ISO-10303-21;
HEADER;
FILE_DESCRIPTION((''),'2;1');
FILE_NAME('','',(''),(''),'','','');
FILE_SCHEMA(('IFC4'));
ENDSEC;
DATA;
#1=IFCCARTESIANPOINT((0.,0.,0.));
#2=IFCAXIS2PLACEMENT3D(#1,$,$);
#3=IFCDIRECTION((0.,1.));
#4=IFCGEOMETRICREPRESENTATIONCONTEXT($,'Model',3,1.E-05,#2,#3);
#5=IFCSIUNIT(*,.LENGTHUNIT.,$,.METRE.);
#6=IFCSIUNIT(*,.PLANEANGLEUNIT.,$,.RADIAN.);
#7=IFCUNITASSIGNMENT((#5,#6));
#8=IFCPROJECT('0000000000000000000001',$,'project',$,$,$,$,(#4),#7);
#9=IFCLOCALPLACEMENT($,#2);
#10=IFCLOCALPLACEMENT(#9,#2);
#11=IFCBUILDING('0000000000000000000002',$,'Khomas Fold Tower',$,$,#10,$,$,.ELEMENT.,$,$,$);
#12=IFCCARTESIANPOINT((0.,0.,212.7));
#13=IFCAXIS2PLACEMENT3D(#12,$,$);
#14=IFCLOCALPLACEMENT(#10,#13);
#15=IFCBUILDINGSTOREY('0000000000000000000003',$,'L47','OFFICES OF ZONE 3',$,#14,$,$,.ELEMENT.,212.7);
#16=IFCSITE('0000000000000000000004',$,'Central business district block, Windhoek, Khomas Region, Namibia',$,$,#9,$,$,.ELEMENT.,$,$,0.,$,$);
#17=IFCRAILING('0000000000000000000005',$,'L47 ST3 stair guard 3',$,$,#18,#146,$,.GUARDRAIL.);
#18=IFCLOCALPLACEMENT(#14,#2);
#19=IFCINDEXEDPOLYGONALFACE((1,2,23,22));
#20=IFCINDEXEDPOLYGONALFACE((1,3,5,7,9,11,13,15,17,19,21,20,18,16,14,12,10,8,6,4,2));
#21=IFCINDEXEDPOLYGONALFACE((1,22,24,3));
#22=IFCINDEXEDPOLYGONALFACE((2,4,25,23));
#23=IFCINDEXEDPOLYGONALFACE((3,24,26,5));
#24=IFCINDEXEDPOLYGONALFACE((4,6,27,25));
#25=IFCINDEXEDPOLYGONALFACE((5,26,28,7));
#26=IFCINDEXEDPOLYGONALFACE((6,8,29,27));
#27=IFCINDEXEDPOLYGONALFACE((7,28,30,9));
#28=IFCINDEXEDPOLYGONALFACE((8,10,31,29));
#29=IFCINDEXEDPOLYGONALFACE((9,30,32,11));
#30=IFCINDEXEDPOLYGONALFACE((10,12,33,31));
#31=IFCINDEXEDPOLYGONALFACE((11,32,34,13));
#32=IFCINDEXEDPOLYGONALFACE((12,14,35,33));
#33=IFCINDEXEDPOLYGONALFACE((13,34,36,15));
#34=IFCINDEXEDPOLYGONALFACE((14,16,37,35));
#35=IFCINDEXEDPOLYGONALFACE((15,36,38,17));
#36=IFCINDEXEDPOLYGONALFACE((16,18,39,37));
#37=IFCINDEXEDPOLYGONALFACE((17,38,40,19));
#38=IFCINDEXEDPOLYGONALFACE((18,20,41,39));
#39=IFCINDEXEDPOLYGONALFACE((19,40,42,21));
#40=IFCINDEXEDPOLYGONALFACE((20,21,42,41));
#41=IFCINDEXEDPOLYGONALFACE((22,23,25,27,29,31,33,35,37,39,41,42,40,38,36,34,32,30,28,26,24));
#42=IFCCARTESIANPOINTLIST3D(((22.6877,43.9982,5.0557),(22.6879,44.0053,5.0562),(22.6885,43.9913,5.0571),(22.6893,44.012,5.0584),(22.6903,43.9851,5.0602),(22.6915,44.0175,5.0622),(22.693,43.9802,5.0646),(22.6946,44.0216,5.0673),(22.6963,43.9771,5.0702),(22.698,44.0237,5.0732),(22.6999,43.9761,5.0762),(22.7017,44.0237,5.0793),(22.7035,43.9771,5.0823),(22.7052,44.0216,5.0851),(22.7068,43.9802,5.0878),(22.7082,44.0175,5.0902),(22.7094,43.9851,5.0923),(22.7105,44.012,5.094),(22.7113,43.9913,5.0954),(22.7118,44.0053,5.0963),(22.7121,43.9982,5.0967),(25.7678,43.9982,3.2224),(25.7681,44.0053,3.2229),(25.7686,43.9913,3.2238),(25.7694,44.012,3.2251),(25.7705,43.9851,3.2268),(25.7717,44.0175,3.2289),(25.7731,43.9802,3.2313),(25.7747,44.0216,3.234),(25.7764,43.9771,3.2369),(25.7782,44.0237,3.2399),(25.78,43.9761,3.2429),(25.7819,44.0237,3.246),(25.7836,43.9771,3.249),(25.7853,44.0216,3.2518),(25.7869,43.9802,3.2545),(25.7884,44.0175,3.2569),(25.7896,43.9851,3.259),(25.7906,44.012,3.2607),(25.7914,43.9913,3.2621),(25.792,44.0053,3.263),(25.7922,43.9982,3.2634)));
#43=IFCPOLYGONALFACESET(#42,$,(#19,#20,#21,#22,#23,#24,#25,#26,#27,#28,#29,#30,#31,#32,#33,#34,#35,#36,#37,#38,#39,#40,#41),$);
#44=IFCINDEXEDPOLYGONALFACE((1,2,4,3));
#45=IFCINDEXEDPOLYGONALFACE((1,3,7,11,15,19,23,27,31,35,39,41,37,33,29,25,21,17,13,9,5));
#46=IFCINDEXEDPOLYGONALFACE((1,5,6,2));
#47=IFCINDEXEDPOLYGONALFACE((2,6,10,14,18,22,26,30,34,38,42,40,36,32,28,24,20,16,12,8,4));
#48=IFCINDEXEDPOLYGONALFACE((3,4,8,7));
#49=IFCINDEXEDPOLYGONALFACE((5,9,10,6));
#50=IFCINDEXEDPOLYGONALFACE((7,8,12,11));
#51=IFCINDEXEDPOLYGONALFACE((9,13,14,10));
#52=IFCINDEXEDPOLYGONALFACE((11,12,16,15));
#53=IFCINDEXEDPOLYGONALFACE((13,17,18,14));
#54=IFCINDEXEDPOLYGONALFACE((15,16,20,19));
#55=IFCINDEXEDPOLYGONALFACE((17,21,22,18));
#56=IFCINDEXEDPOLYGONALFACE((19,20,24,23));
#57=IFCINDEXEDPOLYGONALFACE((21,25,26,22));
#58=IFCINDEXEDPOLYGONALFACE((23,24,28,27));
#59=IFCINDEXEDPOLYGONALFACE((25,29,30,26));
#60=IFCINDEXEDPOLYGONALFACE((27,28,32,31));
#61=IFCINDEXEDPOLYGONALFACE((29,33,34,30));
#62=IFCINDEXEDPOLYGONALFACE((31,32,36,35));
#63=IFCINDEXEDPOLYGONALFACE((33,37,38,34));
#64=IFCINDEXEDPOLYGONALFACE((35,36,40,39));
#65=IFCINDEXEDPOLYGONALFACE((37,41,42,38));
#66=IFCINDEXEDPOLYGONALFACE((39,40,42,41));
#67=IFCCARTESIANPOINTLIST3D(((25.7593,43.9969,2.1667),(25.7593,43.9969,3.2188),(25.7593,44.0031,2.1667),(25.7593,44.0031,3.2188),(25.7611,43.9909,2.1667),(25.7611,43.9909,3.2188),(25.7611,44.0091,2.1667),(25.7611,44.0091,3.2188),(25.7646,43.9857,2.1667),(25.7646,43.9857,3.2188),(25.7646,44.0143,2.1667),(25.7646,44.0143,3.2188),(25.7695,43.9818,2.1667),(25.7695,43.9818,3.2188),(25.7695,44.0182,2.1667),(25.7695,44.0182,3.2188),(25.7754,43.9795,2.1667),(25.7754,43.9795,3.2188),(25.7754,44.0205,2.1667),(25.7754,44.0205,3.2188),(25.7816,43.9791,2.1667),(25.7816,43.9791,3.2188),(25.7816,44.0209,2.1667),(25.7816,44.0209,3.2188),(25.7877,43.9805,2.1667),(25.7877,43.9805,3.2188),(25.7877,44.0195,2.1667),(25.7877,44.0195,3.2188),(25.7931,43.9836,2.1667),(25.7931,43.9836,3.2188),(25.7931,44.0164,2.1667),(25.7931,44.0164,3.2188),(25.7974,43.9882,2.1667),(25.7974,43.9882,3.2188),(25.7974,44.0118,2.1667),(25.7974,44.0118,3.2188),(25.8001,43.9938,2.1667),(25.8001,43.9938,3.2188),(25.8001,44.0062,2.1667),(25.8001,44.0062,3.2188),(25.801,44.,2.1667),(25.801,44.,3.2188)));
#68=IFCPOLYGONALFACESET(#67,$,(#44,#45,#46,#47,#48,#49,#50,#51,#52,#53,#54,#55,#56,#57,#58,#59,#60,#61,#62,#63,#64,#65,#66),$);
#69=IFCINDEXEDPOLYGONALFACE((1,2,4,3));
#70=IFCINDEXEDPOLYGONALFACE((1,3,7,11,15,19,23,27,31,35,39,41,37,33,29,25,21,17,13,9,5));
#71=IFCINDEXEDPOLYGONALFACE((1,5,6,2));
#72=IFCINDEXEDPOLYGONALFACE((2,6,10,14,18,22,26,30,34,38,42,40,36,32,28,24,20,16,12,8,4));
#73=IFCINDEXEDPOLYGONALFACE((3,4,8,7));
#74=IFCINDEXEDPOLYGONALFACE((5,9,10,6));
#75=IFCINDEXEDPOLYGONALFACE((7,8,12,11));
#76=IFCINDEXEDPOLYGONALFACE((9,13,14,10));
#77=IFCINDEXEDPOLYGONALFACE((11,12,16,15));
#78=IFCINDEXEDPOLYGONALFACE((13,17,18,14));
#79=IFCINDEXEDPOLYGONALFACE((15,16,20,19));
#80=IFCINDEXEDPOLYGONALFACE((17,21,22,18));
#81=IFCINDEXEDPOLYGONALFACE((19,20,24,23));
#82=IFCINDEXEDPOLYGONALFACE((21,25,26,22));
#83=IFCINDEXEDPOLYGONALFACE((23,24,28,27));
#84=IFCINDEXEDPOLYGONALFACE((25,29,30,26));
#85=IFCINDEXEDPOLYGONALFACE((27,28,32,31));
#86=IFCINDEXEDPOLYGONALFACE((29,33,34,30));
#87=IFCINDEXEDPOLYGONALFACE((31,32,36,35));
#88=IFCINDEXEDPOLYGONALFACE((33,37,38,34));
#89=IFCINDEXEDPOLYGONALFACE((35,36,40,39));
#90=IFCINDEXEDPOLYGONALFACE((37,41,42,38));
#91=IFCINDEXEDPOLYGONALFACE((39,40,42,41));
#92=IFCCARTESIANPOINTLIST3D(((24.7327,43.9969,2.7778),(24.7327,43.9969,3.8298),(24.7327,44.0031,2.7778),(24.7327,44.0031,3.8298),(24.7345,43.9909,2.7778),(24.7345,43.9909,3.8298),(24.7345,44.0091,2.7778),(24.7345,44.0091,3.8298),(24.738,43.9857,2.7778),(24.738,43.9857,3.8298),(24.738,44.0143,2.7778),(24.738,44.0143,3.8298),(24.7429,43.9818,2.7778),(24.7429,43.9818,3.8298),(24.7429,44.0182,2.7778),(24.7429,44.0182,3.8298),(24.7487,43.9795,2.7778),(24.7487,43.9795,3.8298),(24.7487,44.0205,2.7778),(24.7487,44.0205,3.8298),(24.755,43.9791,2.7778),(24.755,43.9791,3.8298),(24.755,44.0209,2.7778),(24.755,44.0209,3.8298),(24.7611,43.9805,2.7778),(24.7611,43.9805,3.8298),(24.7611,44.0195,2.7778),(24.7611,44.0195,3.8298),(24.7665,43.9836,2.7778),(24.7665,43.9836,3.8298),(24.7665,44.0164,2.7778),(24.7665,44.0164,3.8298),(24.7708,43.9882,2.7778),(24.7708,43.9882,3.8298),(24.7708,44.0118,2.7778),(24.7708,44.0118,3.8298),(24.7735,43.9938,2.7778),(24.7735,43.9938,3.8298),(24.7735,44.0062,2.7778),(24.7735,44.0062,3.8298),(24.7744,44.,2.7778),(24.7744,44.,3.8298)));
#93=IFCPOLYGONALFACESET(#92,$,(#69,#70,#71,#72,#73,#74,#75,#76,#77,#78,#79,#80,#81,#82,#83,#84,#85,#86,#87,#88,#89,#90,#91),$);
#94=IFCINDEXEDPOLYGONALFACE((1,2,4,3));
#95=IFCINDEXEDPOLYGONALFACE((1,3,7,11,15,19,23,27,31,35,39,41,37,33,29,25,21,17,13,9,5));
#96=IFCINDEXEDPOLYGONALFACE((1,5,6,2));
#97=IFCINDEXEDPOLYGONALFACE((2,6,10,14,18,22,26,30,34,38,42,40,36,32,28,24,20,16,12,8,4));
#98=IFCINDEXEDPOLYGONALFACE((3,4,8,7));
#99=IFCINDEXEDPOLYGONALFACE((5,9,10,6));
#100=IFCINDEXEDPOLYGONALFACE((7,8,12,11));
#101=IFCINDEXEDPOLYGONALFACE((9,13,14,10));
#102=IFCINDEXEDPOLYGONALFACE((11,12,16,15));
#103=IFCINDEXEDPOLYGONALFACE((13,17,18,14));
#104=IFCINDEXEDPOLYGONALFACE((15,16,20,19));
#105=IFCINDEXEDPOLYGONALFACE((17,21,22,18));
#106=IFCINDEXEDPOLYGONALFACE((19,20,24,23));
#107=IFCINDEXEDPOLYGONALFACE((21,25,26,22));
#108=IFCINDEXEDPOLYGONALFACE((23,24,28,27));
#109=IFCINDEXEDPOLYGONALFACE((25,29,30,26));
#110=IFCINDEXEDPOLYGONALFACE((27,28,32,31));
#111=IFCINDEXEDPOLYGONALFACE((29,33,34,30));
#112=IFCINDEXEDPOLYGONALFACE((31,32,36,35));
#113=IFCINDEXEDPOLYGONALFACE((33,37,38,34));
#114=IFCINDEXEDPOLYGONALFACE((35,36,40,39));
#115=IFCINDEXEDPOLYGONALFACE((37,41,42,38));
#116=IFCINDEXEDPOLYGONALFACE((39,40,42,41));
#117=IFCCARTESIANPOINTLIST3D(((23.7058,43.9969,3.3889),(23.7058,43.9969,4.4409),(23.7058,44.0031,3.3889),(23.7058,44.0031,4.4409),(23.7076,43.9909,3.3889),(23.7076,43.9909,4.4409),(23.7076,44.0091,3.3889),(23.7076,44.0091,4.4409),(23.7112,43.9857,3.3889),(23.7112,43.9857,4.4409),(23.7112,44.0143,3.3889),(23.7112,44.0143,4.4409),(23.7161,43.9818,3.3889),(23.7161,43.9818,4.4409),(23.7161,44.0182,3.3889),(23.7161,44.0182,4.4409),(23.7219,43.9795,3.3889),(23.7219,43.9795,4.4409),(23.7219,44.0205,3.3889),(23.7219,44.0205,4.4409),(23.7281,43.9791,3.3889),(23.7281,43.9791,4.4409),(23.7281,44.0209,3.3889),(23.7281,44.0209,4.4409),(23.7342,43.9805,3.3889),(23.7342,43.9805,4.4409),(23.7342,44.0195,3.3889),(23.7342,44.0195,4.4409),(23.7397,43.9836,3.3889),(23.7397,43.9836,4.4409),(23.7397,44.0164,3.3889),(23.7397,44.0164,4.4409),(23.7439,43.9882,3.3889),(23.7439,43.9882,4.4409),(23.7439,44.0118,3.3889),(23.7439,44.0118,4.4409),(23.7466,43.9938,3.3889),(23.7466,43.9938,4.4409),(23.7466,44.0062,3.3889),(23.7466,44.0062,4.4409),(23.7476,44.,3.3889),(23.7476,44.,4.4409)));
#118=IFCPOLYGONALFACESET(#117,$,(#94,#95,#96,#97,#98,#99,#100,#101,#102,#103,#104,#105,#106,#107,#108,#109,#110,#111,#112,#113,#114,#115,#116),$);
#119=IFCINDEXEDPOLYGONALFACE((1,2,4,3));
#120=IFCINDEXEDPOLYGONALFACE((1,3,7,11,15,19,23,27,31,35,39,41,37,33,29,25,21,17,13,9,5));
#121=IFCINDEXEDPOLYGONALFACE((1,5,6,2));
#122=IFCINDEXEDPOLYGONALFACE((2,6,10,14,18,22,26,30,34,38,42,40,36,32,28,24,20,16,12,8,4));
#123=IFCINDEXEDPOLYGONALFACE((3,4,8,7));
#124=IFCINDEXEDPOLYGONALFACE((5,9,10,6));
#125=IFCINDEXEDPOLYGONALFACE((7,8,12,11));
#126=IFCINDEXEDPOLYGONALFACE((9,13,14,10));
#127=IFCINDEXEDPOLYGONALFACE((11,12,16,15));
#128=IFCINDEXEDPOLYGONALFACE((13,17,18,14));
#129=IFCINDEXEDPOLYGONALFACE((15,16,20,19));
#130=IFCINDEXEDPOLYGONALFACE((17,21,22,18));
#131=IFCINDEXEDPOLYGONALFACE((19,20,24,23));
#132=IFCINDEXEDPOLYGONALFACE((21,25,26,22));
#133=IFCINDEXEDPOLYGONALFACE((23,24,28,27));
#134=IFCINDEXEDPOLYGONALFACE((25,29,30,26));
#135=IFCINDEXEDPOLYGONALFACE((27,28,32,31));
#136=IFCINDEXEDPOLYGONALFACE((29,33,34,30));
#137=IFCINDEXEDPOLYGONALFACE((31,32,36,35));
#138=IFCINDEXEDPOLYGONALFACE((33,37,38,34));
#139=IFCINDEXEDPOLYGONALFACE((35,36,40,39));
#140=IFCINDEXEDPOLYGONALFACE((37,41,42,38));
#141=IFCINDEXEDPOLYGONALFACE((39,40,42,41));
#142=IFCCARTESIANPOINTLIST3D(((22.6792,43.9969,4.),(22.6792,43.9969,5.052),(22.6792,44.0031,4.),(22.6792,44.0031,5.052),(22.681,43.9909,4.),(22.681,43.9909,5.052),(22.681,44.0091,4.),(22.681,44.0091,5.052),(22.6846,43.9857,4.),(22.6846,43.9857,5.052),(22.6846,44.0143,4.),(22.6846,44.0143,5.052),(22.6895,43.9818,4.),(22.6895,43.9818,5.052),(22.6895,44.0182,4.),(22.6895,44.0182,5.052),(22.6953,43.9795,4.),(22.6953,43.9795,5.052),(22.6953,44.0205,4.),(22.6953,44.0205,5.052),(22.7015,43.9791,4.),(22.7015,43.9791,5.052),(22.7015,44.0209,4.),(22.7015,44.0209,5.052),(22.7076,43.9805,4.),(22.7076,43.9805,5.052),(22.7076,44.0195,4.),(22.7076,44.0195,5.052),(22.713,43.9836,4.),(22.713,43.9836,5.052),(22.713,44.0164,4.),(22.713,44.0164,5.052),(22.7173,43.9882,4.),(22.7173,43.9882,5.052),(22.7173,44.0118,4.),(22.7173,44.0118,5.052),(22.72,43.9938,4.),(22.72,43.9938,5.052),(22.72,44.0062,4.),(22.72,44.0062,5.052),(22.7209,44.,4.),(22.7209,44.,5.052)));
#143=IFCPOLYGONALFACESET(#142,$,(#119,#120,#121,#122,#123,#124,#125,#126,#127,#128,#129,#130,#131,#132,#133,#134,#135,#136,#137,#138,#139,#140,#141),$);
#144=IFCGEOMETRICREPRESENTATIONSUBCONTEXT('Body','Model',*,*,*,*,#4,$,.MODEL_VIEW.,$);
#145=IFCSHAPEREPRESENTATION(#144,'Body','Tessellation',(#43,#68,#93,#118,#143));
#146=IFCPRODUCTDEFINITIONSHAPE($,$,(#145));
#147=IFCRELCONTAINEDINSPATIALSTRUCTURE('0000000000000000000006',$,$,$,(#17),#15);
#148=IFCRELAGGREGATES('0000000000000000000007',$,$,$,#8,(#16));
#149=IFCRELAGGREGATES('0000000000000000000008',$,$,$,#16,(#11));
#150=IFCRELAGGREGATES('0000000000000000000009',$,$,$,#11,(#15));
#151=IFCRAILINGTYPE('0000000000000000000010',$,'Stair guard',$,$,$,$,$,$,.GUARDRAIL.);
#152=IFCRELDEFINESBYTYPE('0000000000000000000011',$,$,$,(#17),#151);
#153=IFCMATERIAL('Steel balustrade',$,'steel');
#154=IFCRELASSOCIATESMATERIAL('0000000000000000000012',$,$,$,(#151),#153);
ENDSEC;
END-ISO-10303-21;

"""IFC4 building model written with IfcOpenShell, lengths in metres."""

from ifc_helpers import new_model, si_unit, direction, frame, origin, origin_2d, place, context, subcontext, project, spatial, circle, extrude, source, transform, mapped, material, type_object, element, save


model = new_model("IFC4")

# Units and contexts
model_context = context("Model", 3, precision=1e-05, world=origin(), true_north=direction((0.0, 1.0)))
body_context = subcontext(model_context, "Body", "Model", "MODEL_VIEW")
ifc_project = project(units=[si_unit("LENGTHUNIT", "METRE"), si_unit("PLANEANGLEUNIT", "RADIAN")], contexts=[model_context])

# Site, building, storey
site_placement = place(None, origin())
site = spatial("IfcSite", under=ifc_project, at=site_placement, Name="Central business district block, Windhoek, Khomas Region, Namibia", CompositionType="ELEMENT", RefElevation=0.0)
building_placement = place(site_placement, origin())
building = spatial("IfcBuilding", under=site, at=building_placement, Name="Khomas Fold Tower", CompositionType="ELEMENT")
storey_placement = place(building_placement, frame((0.0, 0.0, 212.7)))
storey = spatial("IfcBuildingStorey", under=building, at=storey_placement, Name="L47", Description="OFFICES OF ZONE 3", CompositionType="ELEMENT", Elevation=212.7)

# Railing
ifc_material_1 = material(Name="Steel balustrade", Category="steel")
railing_type_1 = type_object("IfcRailingType", Name="Stair guard", PredefinedType="GUARDRAIL", material=ifc_material_1)
shared_shape_1 = source(origin(), body_context, "Body", "SweptSolid", [
    extrude(circle(Radius=0.0239, at=origin_2d()), frame((0.0, 0.0, 1.0762), z_axis=(-0.859309, 0.0, 0.511458), x_axis=(0.0, -1.0, 0.0)), (0.0, 0.0, 1.0), 3.5845),
    extrude(circle(Radius=0.021, at=origin_2d()), origin(), (0.0, 0.0, 1.0), 1.052),
    extrude(circle(Radius=0.021, at=origin_2d()), frame((-1.0266, 0.0, 0.6111)), (0.0, 0.0, 1.0), 1.052),
    extrude(circle(Radius=0.021, at=origin_2d()), frame((-2.0535, 0.0, 1.2222)), (0.0, 0.0, 1.0), 1.052),
    extrude(circle(Radius=0.021, at=origin_2d()), frame((-3.0801, 0.0, 1.8333)), (0.0, 0.0, 1.0), 1.052),
])
railing_1_placement = place(storey_placement, frame((25.78, 44.0, 2.1667)))
element("IfcRailing", 1, at=railing_1_placement, inside=storey, type_object=railing_type_1, Name="L47 ST3 stair guard 3", PredefinedType="GUARDRAIL", context=body_context, shape_type="MappedRepresentation", body=[
    mapped(shared_shape_1, transform((0.0, 0.0, 0.0))),
])

save(model, "model.ifc")
